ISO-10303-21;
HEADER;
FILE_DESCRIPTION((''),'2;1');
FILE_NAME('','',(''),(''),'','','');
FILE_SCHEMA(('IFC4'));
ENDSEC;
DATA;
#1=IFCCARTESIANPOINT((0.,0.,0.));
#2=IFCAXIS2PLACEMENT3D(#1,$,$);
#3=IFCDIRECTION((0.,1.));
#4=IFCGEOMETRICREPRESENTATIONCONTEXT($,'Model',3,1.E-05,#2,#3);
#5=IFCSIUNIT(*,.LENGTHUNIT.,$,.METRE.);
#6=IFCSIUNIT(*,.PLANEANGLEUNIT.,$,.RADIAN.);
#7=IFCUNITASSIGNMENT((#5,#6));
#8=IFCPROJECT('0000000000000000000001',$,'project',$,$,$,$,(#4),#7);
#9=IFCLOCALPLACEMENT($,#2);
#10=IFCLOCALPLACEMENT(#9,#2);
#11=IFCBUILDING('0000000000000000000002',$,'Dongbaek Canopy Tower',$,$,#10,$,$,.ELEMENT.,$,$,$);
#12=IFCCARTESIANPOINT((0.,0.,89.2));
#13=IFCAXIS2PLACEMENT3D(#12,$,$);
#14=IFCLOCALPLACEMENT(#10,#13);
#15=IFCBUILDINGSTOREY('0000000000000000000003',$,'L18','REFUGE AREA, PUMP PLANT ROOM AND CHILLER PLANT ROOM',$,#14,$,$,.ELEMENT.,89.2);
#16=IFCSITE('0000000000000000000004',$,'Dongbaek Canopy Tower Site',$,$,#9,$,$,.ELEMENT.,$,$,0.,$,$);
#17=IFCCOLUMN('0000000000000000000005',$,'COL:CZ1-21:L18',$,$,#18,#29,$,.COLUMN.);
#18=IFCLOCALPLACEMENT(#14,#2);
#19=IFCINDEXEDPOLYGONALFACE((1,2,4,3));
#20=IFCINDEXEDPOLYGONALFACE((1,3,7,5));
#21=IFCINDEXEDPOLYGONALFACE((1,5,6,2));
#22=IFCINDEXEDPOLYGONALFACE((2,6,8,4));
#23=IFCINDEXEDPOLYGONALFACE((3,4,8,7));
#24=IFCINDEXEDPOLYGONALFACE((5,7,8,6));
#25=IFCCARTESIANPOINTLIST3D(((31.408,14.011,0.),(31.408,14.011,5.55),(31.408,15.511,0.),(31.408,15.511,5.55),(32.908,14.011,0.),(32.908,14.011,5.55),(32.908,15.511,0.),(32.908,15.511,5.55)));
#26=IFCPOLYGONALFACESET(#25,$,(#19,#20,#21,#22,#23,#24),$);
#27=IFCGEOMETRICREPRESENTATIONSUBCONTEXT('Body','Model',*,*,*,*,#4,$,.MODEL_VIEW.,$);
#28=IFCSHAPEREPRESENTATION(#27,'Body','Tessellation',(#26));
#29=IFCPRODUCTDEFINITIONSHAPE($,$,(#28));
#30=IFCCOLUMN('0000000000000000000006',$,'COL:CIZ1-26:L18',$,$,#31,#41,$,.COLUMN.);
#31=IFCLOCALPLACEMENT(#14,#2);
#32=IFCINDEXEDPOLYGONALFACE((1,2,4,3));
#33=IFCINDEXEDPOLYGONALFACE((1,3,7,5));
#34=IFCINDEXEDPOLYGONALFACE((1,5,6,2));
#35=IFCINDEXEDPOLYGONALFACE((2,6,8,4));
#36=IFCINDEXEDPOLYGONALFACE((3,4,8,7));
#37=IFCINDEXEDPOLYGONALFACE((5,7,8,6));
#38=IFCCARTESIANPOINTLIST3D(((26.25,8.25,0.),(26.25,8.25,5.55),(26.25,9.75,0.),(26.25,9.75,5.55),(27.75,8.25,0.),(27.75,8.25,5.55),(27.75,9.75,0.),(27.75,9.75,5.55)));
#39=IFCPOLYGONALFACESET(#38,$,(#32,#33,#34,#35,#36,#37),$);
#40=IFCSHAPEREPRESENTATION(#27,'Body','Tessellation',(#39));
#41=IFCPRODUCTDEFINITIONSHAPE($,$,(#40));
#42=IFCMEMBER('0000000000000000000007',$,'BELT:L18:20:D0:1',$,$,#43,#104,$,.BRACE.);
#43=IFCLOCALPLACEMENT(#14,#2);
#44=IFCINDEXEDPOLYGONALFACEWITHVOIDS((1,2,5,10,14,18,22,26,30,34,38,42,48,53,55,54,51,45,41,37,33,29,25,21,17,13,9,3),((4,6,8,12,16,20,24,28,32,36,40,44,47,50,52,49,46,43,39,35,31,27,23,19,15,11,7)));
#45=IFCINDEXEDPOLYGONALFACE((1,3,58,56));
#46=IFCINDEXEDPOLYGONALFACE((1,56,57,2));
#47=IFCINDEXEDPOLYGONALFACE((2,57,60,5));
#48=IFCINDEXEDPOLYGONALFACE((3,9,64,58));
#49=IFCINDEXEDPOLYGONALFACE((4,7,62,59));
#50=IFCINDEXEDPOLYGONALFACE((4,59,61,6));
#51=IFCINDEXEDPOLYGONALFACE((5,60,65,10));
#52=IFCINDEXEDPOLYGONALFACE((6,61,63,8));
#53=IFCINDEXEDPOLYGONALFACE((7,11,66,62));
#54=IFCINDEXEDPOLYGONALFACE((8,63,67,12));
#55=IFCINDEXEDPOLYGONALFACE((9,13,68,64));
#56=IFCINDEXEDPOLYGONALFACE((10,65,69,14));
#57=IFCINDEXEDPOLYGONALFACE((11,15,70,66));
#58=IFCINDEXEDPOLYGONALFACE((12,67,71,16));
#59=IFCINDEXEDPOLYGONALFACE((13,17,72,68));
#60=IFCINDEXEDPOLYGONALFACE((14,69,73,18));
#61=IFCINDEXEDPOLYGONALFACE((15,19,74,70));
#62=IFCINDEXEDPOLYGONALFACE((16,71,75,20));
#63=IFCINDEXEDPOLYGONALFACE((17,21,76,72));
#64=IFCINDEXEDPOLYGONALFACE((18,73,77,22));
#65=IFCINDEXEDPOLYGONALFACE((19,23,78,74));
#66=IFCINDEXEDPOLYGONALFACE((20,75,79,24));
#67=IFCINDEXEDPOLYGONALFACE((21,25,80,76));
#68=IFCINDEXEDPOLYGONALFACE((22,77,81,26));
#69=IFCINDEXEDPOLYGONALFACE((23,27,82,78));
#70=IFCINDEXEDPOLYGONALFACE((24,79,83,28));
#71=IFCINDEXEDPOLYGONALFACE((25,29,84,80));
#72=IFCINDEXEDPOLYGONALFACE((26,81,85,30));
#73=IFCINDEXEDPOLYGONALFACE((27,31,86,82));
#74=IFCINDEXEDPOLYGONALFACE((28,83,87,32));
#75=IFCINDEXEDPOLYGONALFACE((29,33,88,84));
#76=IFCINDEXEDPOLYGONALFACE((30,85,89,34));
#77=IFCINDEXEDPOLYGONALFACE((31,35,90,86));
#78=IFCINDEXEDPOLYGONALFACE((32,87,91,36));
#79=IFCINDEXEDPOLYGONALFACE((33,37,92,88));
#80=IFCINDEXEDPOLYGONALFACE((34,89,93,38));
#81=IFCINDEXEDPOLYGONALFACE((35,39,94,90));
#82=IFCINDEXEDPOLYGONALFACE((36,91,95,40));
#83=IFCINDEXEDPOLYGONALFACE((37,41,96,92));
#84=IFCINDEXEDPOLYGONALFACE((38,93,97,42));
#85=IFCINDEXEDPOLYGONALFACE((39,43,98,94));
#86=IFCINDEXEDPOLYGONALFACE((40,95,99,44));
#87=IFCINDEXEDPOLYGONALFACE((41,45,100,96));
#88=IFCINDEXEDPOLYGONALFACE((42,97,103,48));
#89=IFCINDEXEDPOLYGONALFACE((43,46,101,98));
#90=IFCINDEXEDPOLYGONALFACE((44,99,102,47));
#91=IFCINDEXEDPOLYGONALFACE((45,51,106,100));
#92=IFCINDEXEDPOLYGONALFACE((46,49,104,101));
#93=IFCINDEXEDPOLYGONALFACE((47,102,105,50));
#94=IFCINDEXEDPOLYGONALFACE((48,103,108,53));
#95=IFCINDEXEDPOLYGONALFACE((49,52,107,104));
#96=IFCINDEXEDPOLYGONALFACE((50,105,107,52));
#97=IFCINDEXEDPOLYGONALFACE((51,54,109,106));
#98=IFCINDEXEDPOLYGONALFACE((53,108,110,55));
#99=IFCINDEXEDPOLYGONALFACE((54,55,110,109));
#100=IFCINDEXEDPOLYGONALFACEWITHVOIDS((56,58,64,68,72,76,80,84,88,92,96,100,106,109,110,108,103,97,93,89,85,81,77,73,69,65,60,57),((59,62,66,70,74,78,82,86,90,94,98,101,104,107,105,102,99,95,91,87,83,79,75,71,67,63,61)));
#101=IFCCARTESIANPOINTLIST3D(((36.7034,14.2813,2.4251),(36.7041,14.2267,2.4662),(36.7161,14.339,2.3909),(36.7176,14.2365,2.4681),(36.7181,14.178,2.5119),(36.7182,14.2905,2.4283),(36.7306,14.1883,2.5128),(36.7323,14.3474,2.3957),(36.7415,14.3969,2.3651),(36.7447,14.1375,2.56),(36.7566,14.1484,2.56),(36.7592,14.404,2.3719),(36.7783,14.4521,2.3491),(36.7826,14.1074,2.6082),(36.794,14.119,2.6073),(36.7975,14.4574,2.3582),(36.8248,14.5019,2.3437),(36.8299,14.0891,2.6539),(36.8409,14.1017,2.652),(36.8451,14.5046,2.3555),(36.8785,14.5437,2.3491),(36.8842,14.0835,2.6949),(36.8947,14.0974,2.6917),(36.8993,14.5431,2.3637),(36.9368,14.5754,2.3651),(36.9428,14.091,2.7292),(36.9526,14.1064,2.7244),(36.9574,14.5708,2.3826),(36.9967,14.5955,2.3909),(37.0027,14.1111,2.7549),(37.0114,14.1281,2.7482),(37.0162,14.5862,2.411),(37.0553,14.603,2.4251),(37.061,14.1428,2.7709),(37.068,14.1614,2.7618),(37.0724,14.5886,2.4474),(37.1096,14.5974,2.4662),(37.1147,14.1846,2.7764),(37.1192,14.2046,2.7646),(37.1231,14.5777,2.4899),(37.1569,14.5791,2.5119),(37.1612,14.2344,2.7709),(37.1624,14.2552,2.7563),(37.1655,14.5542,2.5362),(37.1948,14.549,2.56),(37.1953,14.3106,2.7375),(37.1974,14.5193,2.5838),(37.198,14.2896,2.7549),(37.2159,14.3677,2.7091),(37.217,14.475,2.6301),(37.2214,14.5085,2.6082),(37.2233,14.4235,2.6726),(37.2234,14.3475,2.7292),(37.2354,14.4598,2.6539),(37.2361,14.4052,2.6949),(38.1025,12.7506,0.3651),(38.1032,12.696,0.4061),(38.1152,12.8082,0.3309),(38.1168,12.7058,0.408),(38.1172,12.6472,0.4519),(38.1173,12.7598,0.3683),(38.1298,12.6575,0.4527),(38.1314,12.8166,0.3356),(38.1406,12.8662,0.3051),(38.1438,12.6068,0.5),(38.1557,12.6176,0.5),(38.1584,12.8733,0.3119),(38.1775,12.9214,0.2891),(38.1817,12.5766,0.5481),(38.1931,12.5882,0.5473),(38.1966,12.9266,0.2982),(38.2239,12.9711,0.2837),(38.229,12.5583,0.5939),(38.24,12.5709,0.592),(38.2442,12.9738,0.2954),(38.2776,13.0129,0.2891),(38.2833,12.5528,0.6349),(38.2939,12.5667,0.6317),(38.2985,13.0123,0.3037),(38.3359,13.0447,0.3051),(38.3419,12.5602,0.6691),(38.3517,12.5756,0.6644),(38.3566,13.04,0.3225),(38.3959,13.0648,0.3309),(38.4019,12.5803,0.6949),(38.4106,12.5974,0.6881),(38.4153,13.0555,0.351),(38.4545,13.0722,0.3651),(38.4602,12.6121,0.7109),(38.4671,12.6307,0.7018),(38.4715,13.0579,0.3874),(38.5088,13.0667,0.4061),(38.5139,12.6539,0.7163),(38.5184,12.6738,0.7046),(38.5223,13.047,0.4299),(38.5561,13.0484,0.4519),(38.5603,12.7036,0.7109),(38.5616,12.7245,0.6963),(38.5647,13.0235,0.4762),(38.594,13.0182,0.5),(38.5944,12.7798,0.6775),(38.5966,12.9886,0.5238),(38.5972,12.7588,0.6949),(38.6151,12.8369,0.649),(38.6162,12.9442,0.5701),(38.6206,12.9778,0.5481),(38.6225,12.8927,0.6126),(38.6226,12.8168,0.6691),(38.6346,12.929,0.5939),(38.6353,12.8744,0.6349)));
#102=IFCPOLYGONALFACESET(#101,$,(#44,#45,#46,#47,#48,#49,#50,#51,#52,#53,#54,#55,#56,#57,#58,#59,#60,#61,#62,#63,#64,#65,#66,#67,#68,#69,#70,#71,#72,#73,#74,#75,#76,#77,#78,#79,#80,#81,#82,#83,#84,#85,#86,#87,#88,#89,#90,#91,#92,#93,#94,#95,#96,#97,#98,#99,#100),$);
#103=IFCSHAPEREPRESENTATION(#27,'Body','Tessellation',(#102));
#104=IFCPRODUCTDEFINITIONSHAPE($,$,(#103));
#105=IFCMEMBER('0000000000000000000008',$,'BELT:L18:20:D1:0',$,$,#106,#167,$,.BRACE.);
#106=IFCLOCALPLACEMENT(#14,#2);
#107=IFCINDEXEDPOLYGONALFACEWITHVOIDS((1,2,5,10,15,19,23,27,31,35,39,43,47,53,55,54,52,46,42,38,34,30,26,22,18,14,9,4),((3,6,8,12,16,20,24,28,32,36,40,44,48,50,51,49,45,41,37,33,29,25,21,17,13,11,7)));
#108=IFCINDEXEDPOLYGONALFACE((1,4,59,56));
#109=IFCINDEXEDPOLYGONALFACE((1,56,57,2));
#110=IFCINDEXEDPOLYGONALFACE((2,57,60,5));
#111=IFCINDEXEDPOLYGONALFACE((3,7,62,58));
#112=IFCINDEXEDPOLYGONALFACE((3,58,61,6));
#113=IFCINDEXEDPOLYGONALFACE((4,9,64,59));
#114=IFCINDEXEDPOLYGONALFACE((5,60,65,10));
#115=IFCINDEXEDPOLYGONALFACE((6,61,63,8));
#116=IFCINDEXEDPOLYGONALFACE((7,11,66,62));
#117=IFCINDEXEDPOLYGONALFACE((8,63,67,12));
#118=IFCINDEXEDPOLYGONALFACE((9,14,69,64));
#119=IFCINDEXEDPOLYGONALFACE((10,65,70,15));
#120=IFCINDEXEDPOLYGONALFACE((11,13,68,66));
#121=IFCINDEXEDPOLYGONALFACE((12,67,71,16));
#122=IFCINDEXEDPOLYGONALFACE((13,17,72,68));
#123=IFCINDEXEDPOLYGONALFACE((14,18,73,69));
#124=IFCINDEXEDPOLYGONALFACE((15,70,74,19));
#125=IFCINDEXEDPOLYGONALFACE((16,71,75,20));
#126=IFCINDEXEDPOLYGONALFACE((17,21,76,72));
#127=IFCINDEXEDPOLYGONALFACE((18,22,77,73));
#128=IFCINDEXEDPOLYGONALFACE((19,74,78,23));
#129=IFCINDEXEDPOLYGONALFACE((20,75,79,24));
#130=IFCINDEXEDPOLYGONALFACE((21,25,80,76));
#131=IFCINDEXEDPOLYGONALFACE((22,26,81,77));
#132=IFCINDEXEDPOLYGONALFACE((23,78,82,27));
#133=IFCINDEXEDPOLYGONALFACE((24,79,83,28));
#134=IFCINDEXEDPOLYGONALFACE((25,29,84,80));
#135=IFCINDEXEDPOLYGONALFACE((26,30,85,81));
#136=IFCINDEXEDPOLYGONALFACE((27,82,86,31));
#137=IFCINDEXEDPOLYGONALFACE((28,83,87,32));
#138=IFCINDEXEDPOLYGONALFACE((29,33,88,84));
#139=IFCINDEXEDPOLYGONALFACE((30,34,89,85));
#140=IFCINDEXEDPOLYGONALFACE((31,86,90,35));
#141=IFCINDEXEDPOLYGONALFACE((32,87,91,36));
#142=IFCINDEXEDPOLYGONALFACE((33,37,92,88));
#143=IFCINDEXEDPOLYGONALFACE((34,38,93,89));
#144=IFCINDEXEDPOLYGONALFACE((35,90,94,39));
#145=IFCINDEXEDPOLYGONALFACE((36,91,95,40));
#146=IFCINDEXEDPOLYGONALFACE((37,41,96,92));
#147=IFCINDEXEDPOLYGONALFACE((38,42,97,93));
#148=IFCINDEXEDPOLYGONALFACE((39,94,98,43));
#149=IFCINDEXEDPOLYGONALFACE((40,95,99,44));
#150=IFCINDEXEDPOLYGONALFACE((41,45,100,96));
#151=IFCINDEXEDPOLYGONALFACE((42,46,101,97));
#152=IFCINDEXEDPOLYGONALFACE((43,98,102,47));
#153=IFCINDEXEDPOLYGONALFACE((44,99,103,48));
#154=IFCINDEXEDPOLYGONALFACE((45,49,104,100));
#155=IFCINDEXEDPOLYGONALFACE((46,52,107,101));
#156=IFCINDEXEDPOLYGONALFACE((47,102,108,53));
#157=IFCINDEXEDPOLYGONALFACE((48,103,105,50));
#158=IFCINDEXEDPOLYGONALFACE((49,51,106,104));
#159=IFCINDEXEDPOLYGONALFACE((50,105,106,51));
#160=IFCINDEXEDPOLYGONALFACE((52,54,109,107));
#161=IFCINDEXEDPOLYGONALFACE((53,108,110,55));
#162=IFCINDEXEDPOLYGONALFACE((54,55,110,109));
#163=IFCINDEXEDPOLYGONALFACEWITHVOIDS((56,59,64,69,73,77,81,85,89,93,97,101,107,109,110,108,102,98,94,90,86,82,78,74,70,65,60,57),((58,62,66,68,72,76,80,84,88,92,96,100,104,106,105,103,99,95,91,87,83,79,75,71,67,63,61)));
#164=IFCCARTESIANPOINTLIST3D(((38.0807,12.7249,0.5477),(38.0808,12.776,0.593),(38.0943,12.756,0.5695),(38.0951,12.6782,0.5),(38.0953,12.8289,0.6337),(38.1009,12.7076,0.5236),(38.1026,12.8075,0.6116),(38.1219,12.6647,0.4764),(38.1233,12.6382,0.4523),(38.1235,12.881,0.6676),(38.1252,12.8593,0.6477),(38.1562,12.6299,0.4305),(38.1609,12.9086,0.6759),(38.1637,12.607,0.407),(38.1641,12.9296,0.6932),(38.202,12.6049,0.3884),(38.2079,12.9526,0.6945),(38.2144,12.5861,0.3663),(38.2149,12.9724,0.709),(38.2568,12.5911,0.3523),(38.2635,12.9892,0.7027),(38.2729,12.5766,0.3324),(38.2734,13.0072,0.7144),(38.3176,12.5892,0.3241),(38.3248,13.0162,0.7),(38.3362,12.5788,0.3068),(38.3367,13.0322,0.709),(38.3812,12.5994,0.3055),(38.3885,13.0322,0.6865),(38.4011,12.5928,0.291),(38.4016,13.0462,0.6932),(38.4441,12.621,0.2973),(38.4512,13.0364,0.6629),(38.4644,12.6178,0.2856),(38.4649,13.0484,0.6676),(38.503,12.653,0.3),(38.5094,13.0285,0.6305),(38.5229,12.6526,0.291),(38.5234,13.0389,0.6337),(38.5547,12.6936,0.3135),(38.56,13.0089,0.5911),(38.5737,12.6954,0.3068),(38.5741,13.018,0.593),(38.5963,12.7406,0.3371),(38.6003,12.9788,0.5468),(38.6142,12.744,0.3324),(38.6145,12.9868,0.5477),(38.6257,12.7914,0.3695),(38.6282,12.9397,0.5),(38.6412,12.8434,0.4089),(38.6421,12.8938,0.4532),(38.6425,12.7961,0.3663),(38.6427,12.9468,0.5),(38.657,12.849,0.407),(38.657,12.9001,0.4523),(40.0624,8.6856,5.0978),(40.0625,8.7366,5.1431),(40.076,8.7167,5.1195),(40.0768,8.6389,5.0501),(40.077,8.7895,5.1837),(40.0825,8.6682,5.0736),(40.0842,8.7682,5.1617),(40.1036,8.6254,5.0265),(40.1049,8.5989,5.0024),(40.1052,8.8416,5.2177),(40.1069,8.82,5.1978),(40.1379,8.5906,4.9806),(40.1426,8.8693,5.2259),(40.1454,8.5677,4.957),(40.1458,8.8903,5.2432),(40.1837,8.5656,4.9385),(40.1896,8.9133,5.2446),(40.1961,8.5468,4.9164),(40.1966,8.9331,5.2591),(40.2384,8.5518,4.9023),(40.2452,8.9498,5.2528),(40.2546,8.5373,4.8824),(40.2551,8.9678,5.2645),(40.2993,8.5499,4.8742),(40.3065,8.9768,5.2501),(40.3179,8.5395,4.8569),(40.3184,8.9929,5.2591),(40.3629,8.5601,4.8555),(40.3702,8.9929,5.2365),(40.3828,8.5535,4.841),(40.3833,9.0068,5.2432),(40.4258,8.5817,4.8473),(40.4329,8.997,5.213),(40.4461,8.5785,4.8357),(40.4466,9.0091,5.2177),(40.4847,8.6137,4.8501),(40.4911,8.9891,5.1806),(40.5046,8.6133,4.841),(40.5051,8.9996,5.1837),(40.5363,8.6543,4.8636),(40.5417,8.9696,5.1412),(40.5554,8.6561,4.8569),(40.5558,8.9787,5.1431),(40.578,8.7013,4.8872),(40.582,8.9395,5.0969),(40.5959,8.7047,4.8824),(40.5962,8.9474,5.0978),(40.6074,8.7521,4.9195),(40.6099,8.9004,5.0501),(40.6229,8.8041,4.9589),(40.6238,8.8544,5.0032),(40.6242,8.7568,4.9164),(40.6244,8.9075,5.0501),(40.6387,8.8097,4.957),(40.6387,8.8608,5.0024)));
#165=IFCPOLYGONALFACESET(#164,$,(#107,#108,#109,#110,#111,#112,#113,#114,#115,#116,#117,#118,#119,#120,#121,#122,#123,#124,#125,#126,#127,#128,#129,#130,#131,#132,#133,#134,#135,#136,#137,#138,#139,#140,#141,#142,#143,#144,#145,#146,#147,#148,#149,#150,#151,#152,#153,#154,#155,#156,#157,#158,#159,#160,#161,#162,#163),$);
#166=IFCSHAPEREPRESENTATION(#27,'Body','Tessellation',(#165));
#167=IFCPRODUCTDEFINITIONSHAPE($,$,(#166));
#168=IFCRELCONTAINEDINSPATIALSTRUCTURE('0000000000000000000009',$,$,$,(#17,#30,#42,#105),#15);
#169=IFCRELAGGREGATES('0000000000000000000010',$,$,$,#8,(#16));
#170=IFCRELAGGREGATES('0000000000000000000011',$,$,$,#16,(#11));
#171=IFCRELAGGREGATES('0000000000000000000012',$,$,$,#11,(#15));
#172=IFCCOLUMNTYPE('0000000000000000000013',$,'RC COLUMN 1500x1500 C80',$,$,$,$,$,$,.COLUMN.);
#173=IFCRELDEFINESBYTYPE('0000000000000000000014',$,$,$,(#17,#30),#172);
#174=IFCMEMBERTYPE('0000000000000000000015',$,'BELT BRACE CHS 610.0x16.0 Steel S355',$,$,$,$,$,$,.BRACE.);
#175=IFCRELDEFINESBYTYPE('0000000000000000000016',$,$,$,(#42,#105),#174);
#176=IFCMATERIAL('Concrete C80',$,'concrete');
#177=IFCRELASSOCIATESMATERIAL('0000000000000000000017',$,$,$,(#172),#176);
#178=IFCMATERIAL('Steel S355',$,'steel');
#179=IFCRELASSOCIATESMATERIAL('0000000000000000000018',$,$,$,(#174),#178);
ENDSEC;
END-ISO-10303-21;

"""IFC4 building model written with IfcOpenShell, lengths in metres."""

from ifc_helpers import new_model, si_unit, direction, frame, origin, origin_2d, place, context, subcontext, project, spatial, rectangle, hollow_circle, extrude, material, material_profile, profile_set, type_object, element, save


model = new_model("IFC4")

# Units and contexts
model_context = context("Model", 3, precision=1e-05, world=origin(), true_north=direction((0.0, 1.0)))
body_context = subcontext(model_context, "Body", "Model", "MODEL_VIEW")
ifc_project = project(units=[si_unit("LENGTHUNIT", "METRE"), si_unit("PLANEANGLEUNIT", "RADIAN")], contexts=[model_context])

# Site, building, storey
site_placement = place(None, origin())
site = spatial("IfcSite", under=ifc_project, at=site_placement, Name="Dongbaek Canopy Tower Site", CompositionType="ELEMENT", RefElevation=0.0)
building_placement = place(site_placement, origin())
building = spatial("IfcBuilding", under=site, at=building_placement, Name="Dongbaek Canopy Tower", CompositionType="ELEMENT")
storey_placement = place(building_placement, frame((0.0, 0.0, 89.2)))
storey = spatial("IfcBuildingStorey", under=building, at=storey_placement, Name="L18", Description="REFUGE AREA, PUMP PLANT ROOM AND CHILLER PLANT ROOM", CompositionType="ELEMENT", Elevation=89.2)

# Columns
ifc_material_1 = material(Name="Concrete C80", Category="concrete")
ifc_material_profile_1 = material_profile(ifc_material_1, rectangle(XDim=1.5, YDim=1.5, at=origin_2d()), Name="RC COLUMN 1500x1500 C80")
ifc_profile_set_1 = profile_set([ifc_material_profile_1], Name="Concrete C80")
column_type = type_object("IfcColumnType", Name="RC COLUMN 1500x1500 C80", PredefinedType="COLUMN", material=ifc_profile_set_1)
for number, where, z_axis, x_axis, name in (
    (1, (32.158, 14.761, 0.0), (0.0, 0.0, 1.0), (1.0, 0.0, 0.0), "COL:CZ1-21:L18"),
    (2, (27.0, 9.0, 0.0), (0.0, 0.0, 1.0), (1.0, 0.0, 0.0), "COL:CIZ1-26:L18"),
):
    element("IfcColumn", number, at=place(storey_placement, frame(where, z_axis=z_axis, x_axis=x_axis)), inside=storey, type_object=column_type, Name=name, PredefinedType="COLUMN", context=body_context, shape_type="SweptSolid", body=[
        extrude(rectangle(XDim=1.5, YDim=1.5, at=origin_2d()), origin(), (0.0, 0.0, 1.0), 5.55),
    ])

# Members
ifc_material_2 = material(Name="Steel S355", Category="steel")
ifc_material_profile_2 = material_profile(ifc_material_2, hollow_circle(Radius=0.3049, WallThickness=0.0161, at=origin_2d()), Name="BELT BRACE CHS 610.0x16.0 Steel S355")
ifc_profile_set_2 = profile_set([ifc_material_profile_2], Name="Steel S355")
member_type_1 = type_object("IfcMemberType", Name="BELT BRACE CHS 610.0x16.0 Steel S355", PredefinedType="BRACE", material=ifc_profile_set_2)
member_1_placement = place(storey_placement, frame((38.3689, 12.8125, 0.5), z_axis=(-0.478653, 0.52367, 0.704742), x_axis=(-0.738121, -0.674668, 0.0)))
element("IfcMember", 3, at=member_1_placement, inside=storey, type_object=member_type_1, Name="BELT:L18:20:D0:1", PredefinedType="BRACE", context=body_context, shape_type="SweptSolid", body=[
    extrude(hollow_circle(Radius=0.3049, WallThickness=0.0161, at=origin_2d()), origin(), (0.0, 0.0, 1.0), 2.9231),
])
member_2_placement = place(storey_placement, frame((38.3689, 12.8125, 0.5), z_axis=(0.309692, -0.631249, 0.711066), x_axis=(0.897777, 0.440451, 0.0)))
element("IfcMember", 4, at=member_2_placement, inside=storey, type_object=member_type_1, Name="BELT:L18:20:D1:0", PredefinedType="BRACE", context=body_context, shape_type="SweptSolid", body=[
    extrude(hollow_circle(Radius=0.3049, WallThickness=0.0161, at=origin_2d()), origin(), (0.0, 0.0, 1.0), 6.3989),
])

save(model, "model.ifc")
